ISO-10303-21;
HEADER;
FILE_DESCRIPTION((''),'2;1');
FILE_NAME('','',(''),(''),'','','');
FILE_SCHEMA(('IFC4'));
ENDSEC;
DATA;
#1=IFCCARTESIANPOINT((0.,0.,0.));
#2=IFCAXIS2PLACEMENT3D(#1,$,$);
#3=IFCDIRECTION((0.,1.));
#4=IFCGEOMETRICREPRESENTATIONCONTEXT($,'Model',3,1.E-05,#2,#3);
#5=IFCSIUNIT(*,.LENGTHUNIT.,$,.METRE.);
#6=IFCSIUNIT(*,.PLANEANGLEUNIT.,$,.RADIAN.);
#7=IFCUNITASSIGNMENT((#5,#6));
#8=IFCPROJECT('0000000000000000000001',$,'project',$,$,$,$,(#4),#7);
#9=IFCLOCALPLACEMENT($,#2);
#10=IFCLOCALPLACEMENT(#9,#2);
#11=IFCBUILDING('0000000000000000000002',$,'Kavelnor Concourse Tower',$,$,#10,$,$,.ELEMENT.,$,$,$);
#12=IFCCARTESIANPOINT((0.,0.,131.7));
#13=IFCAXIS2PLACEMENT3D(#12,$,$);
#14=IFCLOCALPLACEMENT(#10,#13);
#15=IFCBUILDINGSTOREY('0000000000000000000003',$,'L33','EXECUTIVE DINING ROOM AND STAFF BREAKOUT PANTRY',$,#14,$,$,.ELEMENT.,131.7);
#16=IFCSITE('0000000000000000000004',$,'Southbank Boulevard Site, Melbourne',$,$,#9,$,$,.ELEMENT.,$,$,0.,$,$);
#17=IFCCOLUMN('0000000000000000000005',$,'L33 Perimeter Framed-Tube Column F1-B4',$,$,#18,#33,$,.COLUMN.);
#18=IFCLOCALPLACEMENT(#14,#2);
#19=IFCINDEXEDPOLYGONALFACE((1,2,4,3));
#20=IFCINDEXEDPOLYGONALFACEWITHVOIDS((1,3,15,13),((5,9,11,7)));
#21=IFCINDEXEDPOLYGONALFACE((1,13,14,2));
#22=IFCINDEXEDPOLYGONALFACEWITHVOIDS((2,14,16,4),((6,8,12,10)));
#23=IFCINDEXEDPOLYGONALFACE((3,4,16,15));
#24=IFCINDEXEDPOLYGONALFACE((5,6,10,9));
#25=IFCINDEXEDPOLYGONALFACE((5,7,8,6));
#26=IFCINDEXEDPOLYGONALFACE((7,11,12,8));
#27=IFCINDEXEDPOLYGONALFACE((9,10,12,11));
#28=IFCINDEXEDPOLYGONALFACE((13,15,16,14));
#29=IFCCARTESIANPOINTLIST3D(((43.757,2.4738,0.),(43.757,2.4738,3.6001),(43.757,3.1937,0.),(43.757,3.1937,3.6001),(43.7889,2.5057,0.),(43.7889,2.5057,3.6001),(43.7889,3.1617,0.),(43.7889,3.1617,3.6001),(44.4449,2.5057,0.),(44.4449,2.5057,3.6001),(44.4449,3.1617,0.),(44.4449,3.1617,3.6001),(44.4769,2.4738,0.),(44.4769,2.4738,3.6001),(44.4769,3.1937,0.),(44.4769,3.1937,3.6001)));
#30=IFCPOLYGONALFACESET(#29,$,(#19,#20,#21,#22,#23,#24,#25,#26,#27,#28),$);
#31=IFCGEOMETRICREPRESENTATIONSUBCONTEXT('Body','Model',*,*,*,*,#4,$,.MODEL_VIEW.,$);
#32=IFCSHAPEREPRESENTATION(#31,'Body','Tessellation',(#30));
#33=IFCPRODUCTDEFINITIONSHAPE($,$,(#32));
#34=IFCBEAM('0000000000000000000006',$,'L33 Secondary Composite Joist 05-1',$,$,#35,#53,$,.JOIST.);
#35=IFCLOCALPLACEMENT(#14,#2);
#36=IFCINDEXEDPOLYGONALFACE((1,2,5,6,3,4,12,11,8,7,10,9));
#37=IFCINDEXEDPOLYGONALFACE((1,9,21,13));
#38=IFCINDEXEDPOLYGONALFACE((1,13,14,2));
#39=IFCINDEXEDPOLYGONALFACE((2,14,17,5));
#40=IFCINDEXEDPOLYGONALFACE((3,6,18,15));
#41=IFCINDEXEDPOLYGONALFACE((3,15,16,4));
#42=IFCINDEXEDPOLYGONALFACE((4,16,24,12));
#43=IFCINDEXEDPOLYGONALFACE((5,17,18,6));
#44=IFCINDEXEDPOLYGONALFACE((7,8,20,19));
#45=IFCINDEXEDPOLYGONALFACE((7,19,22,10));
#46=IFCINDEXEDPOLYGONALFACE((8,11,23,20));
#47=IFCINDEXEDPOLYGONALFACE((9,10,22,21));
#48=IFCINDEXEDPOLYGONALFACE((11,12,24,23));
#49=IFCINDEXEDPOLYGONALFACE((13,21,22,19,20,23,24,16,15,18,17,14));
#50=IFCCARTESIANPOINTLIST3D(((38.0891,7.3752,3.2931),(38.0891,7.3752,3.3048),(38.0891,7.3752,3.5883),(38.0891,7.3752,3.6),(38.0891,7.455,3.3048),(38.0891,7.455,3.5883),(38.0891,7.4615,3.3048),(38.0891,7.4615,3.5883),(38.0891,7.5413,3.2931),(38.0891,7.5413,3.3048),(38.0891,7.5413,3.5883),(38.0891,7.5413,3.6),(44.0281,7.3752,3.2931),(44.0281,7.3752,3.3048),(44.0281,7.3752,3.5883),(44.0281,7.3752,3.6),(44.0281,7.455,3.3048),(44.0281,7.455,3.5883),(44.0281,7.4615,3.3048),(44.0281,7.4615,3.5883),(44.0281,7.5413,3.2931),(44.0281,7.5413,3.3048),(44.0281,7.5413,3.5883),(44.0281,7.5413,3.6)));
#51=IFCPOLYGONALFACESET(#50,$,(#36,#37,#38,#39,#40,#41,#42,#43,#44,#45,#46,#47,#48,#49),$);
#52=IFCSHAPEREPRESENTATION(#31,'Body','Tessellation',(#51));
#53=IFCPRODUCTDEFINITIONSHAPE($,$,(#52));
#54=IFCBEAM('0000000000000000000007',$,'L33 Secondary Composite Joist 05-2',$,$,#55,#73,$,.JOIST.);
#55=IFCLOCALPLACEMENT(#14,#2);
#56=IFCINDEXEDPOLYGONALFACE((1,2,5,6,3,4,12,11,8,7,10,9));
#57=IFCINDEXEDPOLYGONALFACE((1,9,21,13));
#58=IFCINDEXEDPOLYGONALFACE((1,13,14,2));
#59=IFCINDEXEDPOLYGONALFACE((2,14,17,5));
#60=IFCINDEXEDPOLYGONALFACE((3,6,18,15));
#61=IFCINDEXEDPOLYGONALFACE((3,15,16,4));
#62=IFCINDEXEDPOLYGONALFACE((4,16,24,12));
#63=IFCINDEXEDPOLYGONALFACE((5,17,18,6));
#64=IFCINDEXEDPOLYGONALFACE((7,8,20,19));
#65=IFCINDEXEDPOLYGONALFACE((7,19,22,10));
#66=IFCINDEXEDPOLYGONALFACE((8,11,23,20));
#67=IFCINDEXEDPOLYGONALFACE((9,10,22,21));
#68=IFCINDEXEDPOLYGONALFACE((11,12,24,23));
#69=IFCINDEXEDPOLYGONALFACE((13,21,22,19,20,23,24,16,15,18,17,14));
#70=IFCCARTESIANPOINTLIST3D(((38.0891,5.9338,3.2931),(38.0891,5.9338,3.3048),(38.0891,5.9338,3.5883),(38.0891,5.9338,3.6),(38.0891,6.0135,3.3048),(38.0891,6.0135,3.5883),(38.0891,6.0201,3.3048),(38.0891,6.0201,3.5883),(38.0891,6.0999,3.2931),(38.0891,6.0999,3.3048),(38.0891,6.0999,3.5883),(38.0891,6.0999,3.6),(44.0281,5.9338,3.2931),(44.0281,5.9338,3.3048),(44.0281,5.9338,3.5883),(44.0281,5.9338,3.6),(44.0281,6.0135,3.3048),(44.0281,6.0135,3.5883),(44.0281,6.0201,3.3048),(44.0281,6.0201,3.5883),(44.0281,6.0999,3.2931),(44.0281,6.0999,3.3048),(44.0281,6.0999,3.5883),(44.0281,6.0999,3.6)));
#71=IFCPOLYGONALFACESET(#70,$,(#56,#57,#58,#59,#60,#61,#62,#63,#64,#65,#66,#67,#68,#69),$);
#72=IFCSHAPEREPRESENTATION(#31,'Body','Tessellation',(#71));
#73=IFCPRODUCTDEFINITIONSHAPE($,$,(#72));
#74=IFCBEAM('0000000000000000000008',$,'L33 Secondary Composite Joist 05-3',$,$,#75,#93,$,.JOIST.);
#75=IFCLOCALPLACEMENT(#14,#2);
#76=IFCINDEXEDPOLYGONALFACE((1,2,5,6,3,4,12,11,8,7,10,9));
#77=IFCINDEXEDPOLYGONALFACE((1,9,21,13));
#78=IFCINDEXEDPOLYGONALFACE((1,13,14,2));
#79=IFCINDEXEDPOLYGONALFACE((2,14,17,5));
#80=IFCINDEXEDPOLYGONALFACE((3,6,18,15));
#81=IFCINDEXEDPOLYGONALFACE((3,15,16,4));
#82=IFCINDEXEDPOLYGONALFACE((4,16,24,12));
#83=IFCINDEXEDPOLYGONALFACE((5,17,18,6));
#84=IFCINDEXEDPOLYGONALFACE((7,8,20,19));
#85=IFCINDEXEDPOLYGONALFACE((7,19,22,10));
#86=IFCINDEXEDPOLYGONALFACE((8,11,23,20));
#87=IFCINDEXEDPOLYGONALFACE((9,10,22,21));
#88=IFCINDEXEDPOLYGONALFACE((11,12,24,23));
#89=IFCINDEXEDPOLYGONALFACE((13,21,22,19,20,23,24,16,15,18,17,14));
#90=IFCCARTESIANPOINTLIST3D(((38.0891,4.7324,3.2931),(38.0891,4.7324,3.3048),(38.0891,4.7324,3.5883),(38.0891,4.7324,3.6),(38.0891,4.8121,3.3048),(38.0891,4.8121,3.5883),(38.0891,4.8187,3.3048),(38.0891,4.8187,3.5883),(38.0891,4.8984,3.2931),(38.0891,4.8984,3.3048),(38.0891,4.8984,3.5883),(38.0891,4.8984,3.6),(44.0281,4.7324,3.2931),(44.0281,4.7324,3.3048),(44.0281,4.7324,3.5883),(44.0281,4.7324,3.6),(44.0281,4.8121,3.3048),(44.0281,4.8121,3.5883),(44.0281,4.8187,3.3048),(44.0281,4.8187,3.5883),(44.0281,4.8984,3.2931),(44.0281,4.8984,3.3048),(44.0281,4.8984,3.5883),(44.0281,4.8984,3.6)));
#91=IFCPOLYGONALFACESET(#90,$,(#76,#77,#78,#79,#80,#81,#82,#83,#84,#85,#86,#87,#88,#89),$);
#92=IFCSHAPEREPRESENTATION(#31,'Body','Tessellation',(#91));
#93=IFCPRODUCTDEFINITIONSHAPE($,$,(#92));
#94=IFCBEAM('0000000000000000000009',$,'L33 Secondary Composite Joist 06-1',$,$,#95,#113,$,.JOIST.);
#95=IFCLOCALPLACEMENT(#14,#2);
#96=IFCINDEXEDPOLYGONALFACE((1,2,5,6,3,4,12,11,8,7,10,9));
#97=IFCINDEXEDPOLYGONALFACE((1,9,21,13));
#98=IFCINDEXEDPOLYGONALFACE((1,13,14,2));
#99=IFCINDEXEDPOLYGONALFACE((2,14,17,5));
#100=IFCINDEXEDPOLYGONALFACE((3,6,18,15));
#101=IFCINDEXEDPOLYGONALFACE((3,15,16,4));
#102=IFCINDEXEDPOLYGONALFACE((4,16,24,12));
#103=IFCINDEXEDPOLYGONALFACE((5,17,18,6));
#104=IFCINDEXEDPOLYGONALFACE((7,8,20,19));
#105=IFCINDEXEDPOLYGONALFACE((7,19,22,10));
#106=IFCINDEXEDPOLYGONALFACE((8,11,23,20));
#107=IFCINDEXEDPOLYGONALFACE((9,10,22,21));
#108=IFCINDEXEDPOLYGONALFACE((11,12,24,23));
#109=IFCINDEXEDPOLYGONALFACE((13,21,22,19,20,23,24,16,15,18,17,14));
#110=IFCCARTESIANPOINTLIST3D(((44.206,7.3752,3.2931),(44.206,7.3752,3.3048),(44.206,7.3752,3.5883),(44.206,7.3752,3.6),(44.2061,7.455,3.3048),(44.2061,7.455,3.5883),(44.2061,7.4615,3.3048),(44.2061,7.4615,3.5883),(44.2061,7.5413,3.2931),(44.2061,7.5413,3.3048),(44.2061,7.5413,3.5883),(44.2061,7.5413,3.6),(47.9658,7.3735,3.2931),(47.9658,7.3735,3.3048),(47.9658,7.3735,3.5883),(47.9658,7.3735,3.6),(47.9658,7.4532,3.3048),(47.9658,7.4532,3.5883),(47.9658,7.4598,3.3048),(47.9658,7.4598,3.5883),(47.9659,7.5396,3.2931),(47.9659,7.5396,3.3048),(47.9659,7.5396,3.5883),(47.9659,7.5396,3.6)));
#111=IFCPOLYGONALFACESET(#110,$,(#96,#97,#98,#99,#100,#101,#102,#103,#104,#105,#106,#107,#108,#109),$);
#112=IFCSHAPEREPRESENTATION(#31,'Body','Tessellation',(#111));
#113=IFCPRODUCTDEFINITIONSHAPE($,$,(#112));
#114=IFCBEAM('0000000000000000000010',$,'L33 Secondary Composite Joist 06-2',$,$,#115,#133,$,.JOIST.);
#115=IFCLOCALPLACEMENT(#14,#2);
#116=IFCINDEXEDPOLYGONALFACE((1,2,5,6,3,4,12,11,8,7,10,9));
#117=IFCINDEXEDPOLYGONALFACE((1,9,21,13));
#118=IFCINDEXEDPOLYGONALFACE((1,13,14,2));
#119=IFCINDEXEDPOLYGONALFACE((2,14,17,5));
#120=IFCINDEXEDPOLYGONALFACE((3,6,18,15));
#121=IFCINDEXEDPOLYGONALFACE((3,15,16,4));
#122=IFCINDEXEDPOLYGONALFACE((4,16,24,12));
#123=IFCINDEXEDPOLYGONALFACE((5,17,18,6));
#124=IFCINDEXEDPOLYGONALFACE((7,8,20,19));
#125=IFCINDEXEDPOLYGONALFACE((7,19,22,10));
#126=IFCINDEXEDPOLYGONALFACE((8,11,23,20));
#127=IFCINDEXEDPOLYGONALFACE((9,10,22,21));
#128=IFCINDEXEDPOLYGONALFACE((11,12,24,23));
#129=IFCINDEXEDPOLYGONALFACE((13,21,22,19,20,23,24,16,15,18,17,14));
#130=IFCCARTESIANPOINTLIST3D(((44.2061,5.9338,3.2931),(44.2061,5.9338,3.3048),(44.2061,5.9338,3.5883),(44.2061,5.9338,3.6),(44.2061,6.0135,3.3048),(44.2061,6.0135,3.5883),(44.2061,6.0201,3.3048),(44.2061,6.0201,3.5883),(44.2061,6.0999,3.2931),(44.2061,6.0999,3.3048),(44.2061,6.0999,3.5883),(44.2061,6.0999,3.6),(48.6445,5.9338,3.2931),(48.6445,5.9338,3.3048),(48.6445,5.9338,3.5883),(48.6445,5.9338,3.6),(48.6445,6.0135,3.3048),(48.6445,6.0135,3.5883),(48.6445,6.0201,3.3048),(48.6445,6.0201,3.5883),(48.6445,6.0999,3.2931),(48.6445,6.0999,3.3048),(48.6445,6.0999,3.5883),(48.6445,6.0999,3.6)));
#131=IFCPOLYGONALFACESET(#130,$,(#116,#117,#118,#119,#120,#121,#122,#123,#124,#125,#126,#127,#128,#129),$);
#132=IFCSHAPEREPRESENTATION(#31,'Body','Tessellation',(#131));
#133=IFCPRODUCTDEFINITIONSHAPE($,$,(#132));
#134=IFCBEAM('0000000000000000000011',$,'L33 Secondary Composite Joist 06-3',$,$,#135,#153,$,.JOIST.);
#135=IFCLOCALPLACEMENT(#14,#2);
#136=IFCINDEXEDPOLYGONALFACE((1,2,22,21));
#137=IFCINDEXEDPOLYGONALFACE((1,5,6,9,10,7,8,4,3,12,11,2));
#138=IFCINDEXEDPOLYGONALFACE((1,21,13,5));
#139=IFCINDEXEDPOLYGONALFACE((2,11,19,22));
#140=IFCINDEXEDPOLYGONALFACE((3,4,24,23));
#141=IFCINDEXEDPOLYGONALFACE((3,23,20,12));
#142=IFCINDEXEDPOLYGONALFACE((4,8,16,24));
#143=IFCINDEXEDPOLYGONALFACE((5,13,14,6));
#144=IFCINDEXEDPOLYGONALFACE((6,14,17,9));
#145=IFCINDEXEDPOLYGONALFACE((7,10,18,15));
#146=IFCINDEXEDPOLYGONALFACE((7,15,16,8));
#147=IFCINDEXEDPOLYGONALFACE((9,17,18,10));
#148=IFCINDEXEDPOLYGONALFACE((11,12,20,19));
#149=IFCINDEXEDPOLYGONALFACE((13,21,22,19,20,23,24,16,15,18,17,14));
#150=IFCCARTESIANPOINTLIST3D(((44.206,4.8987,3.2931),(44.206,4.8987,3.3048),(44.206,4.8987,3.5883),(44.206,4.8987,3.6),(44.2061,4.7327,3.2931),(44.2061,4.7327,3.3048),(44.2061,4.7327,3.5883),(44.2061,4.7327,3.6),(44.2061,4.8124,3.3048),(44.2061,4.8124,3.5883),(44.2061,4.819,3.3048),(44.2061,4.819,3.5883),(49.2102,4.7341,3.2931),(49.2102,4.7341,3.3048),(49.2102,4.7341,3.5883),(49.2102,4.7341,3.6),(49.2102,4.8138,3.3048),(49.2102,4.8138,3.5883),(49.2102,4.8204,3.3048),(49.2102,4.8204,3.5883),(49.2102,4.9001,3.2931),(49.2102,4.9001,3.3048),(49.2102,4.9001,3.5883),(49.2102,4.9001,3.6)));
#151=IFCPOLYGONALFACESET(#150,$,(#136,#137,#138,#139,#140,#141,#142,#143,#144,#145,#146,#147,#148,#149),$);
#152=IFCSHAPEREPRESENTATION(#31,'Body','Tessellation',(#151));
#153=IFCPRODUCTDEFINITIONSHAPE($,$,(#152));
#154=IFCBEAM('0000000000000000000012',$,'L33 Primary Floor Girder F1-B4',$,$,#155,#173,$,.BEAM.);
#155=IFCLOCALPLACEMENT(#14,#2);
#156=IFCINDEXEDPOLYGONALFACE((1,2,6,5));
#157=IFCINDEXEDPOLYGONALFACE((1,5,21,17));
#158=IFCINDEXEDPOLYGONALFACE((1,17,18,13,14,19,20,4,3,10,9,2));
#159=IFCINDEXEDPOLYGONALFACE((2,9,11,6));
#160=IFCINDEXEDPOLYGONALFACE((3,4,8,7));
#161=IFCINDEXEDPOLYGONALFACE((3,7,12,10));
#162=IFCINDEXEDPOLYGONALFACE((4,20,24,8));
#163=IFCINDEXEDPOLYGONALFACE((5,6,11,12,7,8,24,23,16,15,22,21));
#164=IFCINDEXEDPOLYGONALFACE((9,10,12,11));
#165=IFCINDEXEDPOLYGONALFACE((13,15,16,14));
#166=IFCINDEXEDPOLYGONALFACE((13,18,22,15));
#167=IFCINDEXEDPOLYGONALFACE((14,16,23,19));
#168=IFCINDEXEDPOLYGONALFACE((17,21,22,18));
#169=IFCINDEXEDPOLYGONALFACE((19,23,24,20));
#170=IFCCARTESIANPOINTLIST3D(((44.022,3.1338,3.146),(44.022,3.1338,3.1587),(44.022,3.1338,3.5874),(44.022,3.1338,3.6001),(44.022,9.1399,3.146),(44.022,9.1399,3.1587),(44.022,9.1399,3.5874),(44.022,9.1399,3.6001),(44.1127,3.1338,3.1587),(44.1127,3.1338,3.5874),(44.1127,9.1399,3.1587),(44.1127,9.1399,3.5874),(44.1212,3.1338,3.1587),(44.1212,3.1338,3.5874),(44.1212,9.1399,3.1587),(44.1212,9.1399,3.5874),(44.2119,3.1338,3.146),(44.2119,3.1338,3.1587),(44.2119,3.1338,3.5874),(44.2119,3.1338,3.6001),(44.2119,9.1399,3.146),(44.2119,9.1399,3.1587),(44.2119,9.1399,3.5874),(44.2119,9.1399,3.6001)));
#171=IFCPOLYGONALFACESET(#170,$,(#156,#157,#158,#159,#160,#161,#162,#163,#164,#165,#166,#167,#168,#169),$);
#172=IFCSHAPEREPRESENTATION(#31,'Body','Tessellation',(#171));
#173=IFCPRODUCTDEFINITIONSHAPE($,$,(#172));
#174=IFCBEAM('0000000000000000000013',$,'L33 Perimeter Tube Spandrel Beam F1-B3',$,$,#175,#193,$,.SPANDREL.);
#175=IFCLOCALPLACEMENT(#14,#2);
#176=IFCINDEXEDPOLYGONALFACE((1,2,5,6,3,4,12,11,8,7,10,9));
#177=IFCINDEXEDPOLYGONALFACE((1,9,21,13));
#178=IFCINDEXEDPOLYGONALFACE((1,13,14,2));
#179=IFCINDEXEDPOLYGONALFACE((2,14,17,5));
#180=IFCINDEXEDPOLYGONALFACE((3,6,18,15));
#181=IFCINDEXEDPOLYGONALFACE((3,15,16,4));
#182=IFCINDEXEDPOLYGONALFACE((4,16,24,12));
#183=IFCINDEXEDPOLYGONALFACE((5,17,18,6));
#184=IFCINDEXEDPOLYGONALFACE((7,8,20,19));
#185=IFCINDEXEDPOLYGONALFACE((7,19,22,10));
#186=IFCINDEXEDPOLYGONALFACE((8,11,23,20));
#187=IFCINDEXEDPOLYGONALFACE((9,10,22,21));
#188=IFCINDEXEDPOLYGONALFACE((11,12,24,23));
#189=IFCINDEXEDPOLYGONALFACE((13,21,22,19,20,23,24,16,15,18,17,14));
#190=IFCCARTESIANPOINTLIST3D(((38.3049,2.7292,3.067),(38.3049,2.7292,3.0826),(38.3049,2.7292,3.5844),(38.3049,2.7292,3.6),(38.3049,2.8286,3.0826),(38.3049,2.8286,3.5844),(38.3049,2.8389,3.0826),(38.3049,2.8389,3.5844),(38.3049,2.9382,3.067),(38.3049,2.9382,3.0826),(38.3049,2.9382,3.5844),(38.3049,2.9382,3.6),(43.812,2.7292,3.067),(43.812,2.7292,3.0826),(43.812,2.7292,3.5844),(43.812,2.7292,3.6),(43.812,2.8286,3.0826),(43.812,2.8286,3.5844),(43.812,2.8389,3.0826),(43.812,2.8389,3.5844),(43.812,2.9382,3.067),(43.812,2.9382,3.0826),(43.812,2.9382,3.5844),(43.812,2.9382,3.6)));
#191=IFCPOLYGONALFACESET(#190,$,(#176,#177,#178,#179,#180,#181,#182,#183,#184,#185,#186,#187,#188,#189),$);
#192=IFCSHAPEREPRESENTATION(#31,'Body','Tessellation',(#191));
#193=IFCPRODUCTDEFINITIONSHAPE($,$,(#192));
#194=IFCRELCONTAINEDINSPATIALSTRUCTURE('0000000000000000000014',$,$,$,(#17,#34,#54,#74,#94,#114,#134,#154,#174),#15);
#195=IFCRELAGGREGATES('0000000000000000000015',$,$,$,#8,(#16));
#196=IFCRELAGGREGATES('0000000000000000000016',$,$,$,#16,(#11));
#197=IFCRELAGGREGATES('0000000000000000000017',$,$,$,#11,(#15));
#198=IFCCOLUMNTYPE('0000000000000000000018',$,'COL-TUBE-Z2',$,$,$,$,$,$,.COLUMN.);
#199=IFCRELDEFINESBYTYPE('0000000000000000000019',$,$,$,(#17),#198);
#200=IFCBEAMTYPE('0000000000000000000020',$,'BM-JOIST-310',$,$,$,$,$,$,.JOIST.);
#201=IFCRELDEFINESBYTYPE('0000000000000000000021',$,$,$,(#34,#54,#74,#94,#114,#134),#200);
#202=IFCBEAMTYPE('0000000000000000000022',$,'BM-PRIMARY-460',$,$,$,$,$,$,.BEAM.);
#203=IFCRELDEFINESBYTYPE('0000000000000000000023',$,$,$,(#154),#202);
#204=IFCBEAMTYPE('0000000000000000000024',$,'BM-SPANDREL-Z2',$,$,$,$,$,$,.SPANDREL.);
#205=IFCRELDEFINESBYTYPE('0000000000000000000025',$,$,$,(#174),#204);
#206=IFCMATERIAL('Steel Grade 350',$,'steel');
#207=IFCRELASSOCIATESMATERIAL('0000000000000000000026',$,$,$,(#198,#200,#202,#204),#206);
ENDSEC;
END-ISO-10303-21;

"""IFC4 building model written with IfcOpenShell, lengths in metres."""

from ifc_helpers import new_model, si_unit, direction, frame, origin, origin_2d, place, context, subcontext, project, spatial, hollow_rectangle, i_section, extrude, material, material_profile, profile_set, type_object, element, save


model = new_model("IFC4")

# Units and contexts
model_context = context("Model", 3, precision=1e-05, world=origin(), true_north=direction((0.0, 1.0)))
body_context = subcontext(model_context, "Body", "Model", "MODEL_VIEW")
ifc_project = project(units=[si_unit("LENGTHUNIT", "METRE"), si_unit("PLANEANGLEUNIT", "RADIAN")], contexts=[model_context])

# Site, building, storey
site_placement = place(None, origin())
site = spatial("IfcSite", under=ifc_project, at=site_placement, Name="Southbank Boulevard Site, Melbourne", CompositionType="ELEMENT", RefElevation=0.0)
building_placement = place(site_placement, origin())
building = spatial("IfcBuilding", under=site, at=building_placement, Name="Kavelnor Concourse Tower", CompositionType="ELEMENT")
storey_placement = place(building_placement, frame((0.0, 0.0, 131.7)))
storey = spatial("IfcBuildingStorey", under=building, at=storey_placement, Name="L33", Description="EXECUTIVE DINING ROOM AND STAFF BREAKOUT PANTRY", CompositionType="ELEMENT", Elevation=131.7)

# Column
ifc_material_1 = material(Name="Steel Grade 350", Category="steel")
ifc_material_profile_1 = material_profile(ifc_material_1, hollow_rectangle(XDim=0.72, YDim=0.72, WallThickness=0.032, at=origin_2d()), Name="SHS 720x720x32")
ifc_profile_set_1 = profile_set([ifc_material_profile_1], Name="Steel Grade 350")
column_type = type_object("IfcColumnType", Name="COL-TUBE-Z2", PredefinedType="COLUMN", material=ifc_profile_set_1)
column_placement = place(storey_placement, frame((44.1169, 2.8337, 0.0), z_axis=(0.0, 0.0, 1.0), x_axis=(1.0, 0.0, 0.0)))
element("IfcColumn", 1, at=column_placement, inside=storey, type_object=column_type, Name="L33 Perimeter Framed-Tube Column F1-B4", PredefinedType="COLUMN", context=body_context, shape_type="SweptSolid", body=[
    extrude(hollow_rectangle(XDim=0.72, YDim=0.72, WallThickness=0.032, at=origin_2d()), origin(), (0.0, 0.0, 1.0), 3.6001),
])

# Beams
ifc_material_profile_2 = material_profile(ifc_material_1, i_section(OverallWidth=0.166, OverallDepth=0.3069, WebThickness=0.0066, FlangeThickness=0.0117, at=origin_2d()), Name="310UB46")
ifc_profile_set_2 = profile_set([ifc_material_profile_2], Name="Steel Grade 350")
beam_type_1 = type_object("IfcBeamType", Name="BM-JOIST-310", PredefinedType="JOIST", material=ifc_profile_set_2)
for number, where, z_axis, x_axis, name in (
    (2, (38.0891, 7.4583, 3.4465), (1.0, 0.0, 0.0), (0.0, 1.0, 0.0), "L33 Secondary Composite Joist 05-1"),
    (3, (38.0891, 6.0168, 3.4465), (1.0, 0.0, 0.0), (0.0, 1.0, 0.0), "L33 Secondary Composite Joist 05-2"),
    (4, (38.0891, 4.8154, 3.4465), (1.0, 0.0, 0.0), (0.0, 1.0, 0.0), "L33 Secondary Composite Joist 05-3"),
):
    element("IfcBeam", number, at=place(storey_placement, frame(where, z_axis=z_axis, x_axis=x_axis)), inside=storey, type_object=beam_type_1, Name=name, PredefinedType="JOIST", context=body_context, shape_type="SweptSolid", body=[
        extrude(i_section(OverallWidth=0.166, OverallDepth=0.3069, WebThickness=0.0066, FlangeThickness=0.0117, at=origin_2d()), origin(), (0.0, 0.0, 1.0), 5.939),
    ])
beam_1_placement = place(storey_placement, frame((44.2061, 7.4583, 3.4465), z_axis=(1.0, -0.000455, 0.0), x_axis=(0.000455, 1.0, 0.0)))
element("IfcBeam", 5, at=beam_1_placement, inside=storey, type_object=beam_type_1, Name="L33 Secondary Composite Joist 06-1", PredefinedType="JOIST", context=body_context, shape_type="SweptSolid", body=[
    extrude(i_section(OverallWidth=0.166, OverallDepth=0.3069, WebThickness=0.0066, FlangeThickness=0.0117, at=origin_2d()), origin(), (0.0, 0.0, 1.0), 3.7598),
])
beam_2_placement = place(storey_placement, frame((44.2061, 6.0168, 3.4465), z_axis=(1.0, 0.0, 0.0), x_axis=(0.0, 1.0, 0.0)))
element("IfcBeam", 6, at=beam_2_placement, inside=storey, type_object=beam_type_1, Name="L33 Secondary Composite Joist 06-2", PredefinedType="JOIST", context=body_context, shape_type="SweptSolid", body=[
    extrude(i_section(OverallWidth=0.166, OverallDepth=0.3069, WebThickness=0.0066, FlangeThickness=0.0117, at=origin_2d()), origin(), (0.0, 0.0, 1.0), 4.4385),
])
beam_3_placement = place(storey_placement, frame((44.2061, 4.8157, 3.4465), z_axis=(1.0, 0.000293, 0.0), x_axis=(-0.000293, 1.0, 0.0)))
element("IfcBeam", 7, at=beam_3_placement, inside=storey, type_object=beam_type_1, Name="L33 Secondary Composite Joist 06-3", PredefinedType="JOIST", context=body_context, shape_type="SweptSolid", body=[
    extrude(i_section(OverallWidth=0.166, OverallDepth=0.3069, WebThickness=0.0066, FlangeThickness=0.0117, at=origin_2d()), origin(), (0.0, 0.0, 1.0), 5.0042),
])
ifc_material_profile_3 = material_profile(ifc_material_1, i_section(OverallWidth=0.1899, OverallDepth=0.4541, WebThickness=0.0085, FlangeThickness=0.0127, at=origin_2d()), Name="460UB67")
ifc_profile_set_3 = profile_set([ifc_material_profile_3], Name="Steel Grade 350")
beam_type_2 = type_object("IfcBeamType", Name="BM-PRIMARY-460", PredefinedType="BEAM", material=ifc_profile_set_3)
beam_4_placement = place(storey_placement, frame((44.1169, 9.1399, 3.373), z_axis=(0.0, -1.0, 0.0), x_axis=(1.0, 0.0, 0.0)))
element("IfcBeam", 8, at=beam_4_placement, inside=storey, type_object=beam_type_2, Name="L33 Primary Floor Girder F1-B4", PredefinedType="BEAM", context=body_context, shape_type="SweptSolid", body=[
    extrude(i_section(OverallWidth=0.1899, OverallDepth=0.4541, WebThickness=0.0085, FlangeThickness=0.0127, at=origin_2d()), origin(), (0.0, 0.0, 1.0), 6.0061),
])
ifc_material_profile_4 = material_profile(ifc_material_1, i_section(OverallWidth=0.209, OverallDepth=0.533, WebThickness=0.0103, FlangeThickness=0.0156, at=origin_2d()), Name="530UB92")
ifc_profile_set_4 = profile_set([ifc_material_profile_4], Name="Steel Grade 350")
beam_type_3 = type_object("IfcBeamType", Name="BM-SPANDREL-Z2", PredefinedType="SPANDREL", material=ifc_profile_set_4)
for number, where, z_axis, x_axis, name in (
    (9, (38.3049, 2.8337, 3.3335), (1.0, 0.0, 0.0), (0.0, 1.0, 0.0), "L33 Perimeter Tube Spandrel Beam F1-B3"),
):
    element("IfcBeam", number, at=place(storey_placement, frame(where, z_axis=z_axis, x_axis=x_axis)), inside=storey, type_object=beam_type_3, Name=name, PredefinedType="SPANDREL", context=body_context, shape_type="SweptSolid", body=[
        extrude(i_section(OverallWidth=0.209, OverallDepth=0.533, WebThickness=0.0103, FlangeThickness=0.0156, at=origin_2d()), origin(), (0.0, 0.0, 1.0), 5.5071),
    ])

save(model, "model.ifc")
